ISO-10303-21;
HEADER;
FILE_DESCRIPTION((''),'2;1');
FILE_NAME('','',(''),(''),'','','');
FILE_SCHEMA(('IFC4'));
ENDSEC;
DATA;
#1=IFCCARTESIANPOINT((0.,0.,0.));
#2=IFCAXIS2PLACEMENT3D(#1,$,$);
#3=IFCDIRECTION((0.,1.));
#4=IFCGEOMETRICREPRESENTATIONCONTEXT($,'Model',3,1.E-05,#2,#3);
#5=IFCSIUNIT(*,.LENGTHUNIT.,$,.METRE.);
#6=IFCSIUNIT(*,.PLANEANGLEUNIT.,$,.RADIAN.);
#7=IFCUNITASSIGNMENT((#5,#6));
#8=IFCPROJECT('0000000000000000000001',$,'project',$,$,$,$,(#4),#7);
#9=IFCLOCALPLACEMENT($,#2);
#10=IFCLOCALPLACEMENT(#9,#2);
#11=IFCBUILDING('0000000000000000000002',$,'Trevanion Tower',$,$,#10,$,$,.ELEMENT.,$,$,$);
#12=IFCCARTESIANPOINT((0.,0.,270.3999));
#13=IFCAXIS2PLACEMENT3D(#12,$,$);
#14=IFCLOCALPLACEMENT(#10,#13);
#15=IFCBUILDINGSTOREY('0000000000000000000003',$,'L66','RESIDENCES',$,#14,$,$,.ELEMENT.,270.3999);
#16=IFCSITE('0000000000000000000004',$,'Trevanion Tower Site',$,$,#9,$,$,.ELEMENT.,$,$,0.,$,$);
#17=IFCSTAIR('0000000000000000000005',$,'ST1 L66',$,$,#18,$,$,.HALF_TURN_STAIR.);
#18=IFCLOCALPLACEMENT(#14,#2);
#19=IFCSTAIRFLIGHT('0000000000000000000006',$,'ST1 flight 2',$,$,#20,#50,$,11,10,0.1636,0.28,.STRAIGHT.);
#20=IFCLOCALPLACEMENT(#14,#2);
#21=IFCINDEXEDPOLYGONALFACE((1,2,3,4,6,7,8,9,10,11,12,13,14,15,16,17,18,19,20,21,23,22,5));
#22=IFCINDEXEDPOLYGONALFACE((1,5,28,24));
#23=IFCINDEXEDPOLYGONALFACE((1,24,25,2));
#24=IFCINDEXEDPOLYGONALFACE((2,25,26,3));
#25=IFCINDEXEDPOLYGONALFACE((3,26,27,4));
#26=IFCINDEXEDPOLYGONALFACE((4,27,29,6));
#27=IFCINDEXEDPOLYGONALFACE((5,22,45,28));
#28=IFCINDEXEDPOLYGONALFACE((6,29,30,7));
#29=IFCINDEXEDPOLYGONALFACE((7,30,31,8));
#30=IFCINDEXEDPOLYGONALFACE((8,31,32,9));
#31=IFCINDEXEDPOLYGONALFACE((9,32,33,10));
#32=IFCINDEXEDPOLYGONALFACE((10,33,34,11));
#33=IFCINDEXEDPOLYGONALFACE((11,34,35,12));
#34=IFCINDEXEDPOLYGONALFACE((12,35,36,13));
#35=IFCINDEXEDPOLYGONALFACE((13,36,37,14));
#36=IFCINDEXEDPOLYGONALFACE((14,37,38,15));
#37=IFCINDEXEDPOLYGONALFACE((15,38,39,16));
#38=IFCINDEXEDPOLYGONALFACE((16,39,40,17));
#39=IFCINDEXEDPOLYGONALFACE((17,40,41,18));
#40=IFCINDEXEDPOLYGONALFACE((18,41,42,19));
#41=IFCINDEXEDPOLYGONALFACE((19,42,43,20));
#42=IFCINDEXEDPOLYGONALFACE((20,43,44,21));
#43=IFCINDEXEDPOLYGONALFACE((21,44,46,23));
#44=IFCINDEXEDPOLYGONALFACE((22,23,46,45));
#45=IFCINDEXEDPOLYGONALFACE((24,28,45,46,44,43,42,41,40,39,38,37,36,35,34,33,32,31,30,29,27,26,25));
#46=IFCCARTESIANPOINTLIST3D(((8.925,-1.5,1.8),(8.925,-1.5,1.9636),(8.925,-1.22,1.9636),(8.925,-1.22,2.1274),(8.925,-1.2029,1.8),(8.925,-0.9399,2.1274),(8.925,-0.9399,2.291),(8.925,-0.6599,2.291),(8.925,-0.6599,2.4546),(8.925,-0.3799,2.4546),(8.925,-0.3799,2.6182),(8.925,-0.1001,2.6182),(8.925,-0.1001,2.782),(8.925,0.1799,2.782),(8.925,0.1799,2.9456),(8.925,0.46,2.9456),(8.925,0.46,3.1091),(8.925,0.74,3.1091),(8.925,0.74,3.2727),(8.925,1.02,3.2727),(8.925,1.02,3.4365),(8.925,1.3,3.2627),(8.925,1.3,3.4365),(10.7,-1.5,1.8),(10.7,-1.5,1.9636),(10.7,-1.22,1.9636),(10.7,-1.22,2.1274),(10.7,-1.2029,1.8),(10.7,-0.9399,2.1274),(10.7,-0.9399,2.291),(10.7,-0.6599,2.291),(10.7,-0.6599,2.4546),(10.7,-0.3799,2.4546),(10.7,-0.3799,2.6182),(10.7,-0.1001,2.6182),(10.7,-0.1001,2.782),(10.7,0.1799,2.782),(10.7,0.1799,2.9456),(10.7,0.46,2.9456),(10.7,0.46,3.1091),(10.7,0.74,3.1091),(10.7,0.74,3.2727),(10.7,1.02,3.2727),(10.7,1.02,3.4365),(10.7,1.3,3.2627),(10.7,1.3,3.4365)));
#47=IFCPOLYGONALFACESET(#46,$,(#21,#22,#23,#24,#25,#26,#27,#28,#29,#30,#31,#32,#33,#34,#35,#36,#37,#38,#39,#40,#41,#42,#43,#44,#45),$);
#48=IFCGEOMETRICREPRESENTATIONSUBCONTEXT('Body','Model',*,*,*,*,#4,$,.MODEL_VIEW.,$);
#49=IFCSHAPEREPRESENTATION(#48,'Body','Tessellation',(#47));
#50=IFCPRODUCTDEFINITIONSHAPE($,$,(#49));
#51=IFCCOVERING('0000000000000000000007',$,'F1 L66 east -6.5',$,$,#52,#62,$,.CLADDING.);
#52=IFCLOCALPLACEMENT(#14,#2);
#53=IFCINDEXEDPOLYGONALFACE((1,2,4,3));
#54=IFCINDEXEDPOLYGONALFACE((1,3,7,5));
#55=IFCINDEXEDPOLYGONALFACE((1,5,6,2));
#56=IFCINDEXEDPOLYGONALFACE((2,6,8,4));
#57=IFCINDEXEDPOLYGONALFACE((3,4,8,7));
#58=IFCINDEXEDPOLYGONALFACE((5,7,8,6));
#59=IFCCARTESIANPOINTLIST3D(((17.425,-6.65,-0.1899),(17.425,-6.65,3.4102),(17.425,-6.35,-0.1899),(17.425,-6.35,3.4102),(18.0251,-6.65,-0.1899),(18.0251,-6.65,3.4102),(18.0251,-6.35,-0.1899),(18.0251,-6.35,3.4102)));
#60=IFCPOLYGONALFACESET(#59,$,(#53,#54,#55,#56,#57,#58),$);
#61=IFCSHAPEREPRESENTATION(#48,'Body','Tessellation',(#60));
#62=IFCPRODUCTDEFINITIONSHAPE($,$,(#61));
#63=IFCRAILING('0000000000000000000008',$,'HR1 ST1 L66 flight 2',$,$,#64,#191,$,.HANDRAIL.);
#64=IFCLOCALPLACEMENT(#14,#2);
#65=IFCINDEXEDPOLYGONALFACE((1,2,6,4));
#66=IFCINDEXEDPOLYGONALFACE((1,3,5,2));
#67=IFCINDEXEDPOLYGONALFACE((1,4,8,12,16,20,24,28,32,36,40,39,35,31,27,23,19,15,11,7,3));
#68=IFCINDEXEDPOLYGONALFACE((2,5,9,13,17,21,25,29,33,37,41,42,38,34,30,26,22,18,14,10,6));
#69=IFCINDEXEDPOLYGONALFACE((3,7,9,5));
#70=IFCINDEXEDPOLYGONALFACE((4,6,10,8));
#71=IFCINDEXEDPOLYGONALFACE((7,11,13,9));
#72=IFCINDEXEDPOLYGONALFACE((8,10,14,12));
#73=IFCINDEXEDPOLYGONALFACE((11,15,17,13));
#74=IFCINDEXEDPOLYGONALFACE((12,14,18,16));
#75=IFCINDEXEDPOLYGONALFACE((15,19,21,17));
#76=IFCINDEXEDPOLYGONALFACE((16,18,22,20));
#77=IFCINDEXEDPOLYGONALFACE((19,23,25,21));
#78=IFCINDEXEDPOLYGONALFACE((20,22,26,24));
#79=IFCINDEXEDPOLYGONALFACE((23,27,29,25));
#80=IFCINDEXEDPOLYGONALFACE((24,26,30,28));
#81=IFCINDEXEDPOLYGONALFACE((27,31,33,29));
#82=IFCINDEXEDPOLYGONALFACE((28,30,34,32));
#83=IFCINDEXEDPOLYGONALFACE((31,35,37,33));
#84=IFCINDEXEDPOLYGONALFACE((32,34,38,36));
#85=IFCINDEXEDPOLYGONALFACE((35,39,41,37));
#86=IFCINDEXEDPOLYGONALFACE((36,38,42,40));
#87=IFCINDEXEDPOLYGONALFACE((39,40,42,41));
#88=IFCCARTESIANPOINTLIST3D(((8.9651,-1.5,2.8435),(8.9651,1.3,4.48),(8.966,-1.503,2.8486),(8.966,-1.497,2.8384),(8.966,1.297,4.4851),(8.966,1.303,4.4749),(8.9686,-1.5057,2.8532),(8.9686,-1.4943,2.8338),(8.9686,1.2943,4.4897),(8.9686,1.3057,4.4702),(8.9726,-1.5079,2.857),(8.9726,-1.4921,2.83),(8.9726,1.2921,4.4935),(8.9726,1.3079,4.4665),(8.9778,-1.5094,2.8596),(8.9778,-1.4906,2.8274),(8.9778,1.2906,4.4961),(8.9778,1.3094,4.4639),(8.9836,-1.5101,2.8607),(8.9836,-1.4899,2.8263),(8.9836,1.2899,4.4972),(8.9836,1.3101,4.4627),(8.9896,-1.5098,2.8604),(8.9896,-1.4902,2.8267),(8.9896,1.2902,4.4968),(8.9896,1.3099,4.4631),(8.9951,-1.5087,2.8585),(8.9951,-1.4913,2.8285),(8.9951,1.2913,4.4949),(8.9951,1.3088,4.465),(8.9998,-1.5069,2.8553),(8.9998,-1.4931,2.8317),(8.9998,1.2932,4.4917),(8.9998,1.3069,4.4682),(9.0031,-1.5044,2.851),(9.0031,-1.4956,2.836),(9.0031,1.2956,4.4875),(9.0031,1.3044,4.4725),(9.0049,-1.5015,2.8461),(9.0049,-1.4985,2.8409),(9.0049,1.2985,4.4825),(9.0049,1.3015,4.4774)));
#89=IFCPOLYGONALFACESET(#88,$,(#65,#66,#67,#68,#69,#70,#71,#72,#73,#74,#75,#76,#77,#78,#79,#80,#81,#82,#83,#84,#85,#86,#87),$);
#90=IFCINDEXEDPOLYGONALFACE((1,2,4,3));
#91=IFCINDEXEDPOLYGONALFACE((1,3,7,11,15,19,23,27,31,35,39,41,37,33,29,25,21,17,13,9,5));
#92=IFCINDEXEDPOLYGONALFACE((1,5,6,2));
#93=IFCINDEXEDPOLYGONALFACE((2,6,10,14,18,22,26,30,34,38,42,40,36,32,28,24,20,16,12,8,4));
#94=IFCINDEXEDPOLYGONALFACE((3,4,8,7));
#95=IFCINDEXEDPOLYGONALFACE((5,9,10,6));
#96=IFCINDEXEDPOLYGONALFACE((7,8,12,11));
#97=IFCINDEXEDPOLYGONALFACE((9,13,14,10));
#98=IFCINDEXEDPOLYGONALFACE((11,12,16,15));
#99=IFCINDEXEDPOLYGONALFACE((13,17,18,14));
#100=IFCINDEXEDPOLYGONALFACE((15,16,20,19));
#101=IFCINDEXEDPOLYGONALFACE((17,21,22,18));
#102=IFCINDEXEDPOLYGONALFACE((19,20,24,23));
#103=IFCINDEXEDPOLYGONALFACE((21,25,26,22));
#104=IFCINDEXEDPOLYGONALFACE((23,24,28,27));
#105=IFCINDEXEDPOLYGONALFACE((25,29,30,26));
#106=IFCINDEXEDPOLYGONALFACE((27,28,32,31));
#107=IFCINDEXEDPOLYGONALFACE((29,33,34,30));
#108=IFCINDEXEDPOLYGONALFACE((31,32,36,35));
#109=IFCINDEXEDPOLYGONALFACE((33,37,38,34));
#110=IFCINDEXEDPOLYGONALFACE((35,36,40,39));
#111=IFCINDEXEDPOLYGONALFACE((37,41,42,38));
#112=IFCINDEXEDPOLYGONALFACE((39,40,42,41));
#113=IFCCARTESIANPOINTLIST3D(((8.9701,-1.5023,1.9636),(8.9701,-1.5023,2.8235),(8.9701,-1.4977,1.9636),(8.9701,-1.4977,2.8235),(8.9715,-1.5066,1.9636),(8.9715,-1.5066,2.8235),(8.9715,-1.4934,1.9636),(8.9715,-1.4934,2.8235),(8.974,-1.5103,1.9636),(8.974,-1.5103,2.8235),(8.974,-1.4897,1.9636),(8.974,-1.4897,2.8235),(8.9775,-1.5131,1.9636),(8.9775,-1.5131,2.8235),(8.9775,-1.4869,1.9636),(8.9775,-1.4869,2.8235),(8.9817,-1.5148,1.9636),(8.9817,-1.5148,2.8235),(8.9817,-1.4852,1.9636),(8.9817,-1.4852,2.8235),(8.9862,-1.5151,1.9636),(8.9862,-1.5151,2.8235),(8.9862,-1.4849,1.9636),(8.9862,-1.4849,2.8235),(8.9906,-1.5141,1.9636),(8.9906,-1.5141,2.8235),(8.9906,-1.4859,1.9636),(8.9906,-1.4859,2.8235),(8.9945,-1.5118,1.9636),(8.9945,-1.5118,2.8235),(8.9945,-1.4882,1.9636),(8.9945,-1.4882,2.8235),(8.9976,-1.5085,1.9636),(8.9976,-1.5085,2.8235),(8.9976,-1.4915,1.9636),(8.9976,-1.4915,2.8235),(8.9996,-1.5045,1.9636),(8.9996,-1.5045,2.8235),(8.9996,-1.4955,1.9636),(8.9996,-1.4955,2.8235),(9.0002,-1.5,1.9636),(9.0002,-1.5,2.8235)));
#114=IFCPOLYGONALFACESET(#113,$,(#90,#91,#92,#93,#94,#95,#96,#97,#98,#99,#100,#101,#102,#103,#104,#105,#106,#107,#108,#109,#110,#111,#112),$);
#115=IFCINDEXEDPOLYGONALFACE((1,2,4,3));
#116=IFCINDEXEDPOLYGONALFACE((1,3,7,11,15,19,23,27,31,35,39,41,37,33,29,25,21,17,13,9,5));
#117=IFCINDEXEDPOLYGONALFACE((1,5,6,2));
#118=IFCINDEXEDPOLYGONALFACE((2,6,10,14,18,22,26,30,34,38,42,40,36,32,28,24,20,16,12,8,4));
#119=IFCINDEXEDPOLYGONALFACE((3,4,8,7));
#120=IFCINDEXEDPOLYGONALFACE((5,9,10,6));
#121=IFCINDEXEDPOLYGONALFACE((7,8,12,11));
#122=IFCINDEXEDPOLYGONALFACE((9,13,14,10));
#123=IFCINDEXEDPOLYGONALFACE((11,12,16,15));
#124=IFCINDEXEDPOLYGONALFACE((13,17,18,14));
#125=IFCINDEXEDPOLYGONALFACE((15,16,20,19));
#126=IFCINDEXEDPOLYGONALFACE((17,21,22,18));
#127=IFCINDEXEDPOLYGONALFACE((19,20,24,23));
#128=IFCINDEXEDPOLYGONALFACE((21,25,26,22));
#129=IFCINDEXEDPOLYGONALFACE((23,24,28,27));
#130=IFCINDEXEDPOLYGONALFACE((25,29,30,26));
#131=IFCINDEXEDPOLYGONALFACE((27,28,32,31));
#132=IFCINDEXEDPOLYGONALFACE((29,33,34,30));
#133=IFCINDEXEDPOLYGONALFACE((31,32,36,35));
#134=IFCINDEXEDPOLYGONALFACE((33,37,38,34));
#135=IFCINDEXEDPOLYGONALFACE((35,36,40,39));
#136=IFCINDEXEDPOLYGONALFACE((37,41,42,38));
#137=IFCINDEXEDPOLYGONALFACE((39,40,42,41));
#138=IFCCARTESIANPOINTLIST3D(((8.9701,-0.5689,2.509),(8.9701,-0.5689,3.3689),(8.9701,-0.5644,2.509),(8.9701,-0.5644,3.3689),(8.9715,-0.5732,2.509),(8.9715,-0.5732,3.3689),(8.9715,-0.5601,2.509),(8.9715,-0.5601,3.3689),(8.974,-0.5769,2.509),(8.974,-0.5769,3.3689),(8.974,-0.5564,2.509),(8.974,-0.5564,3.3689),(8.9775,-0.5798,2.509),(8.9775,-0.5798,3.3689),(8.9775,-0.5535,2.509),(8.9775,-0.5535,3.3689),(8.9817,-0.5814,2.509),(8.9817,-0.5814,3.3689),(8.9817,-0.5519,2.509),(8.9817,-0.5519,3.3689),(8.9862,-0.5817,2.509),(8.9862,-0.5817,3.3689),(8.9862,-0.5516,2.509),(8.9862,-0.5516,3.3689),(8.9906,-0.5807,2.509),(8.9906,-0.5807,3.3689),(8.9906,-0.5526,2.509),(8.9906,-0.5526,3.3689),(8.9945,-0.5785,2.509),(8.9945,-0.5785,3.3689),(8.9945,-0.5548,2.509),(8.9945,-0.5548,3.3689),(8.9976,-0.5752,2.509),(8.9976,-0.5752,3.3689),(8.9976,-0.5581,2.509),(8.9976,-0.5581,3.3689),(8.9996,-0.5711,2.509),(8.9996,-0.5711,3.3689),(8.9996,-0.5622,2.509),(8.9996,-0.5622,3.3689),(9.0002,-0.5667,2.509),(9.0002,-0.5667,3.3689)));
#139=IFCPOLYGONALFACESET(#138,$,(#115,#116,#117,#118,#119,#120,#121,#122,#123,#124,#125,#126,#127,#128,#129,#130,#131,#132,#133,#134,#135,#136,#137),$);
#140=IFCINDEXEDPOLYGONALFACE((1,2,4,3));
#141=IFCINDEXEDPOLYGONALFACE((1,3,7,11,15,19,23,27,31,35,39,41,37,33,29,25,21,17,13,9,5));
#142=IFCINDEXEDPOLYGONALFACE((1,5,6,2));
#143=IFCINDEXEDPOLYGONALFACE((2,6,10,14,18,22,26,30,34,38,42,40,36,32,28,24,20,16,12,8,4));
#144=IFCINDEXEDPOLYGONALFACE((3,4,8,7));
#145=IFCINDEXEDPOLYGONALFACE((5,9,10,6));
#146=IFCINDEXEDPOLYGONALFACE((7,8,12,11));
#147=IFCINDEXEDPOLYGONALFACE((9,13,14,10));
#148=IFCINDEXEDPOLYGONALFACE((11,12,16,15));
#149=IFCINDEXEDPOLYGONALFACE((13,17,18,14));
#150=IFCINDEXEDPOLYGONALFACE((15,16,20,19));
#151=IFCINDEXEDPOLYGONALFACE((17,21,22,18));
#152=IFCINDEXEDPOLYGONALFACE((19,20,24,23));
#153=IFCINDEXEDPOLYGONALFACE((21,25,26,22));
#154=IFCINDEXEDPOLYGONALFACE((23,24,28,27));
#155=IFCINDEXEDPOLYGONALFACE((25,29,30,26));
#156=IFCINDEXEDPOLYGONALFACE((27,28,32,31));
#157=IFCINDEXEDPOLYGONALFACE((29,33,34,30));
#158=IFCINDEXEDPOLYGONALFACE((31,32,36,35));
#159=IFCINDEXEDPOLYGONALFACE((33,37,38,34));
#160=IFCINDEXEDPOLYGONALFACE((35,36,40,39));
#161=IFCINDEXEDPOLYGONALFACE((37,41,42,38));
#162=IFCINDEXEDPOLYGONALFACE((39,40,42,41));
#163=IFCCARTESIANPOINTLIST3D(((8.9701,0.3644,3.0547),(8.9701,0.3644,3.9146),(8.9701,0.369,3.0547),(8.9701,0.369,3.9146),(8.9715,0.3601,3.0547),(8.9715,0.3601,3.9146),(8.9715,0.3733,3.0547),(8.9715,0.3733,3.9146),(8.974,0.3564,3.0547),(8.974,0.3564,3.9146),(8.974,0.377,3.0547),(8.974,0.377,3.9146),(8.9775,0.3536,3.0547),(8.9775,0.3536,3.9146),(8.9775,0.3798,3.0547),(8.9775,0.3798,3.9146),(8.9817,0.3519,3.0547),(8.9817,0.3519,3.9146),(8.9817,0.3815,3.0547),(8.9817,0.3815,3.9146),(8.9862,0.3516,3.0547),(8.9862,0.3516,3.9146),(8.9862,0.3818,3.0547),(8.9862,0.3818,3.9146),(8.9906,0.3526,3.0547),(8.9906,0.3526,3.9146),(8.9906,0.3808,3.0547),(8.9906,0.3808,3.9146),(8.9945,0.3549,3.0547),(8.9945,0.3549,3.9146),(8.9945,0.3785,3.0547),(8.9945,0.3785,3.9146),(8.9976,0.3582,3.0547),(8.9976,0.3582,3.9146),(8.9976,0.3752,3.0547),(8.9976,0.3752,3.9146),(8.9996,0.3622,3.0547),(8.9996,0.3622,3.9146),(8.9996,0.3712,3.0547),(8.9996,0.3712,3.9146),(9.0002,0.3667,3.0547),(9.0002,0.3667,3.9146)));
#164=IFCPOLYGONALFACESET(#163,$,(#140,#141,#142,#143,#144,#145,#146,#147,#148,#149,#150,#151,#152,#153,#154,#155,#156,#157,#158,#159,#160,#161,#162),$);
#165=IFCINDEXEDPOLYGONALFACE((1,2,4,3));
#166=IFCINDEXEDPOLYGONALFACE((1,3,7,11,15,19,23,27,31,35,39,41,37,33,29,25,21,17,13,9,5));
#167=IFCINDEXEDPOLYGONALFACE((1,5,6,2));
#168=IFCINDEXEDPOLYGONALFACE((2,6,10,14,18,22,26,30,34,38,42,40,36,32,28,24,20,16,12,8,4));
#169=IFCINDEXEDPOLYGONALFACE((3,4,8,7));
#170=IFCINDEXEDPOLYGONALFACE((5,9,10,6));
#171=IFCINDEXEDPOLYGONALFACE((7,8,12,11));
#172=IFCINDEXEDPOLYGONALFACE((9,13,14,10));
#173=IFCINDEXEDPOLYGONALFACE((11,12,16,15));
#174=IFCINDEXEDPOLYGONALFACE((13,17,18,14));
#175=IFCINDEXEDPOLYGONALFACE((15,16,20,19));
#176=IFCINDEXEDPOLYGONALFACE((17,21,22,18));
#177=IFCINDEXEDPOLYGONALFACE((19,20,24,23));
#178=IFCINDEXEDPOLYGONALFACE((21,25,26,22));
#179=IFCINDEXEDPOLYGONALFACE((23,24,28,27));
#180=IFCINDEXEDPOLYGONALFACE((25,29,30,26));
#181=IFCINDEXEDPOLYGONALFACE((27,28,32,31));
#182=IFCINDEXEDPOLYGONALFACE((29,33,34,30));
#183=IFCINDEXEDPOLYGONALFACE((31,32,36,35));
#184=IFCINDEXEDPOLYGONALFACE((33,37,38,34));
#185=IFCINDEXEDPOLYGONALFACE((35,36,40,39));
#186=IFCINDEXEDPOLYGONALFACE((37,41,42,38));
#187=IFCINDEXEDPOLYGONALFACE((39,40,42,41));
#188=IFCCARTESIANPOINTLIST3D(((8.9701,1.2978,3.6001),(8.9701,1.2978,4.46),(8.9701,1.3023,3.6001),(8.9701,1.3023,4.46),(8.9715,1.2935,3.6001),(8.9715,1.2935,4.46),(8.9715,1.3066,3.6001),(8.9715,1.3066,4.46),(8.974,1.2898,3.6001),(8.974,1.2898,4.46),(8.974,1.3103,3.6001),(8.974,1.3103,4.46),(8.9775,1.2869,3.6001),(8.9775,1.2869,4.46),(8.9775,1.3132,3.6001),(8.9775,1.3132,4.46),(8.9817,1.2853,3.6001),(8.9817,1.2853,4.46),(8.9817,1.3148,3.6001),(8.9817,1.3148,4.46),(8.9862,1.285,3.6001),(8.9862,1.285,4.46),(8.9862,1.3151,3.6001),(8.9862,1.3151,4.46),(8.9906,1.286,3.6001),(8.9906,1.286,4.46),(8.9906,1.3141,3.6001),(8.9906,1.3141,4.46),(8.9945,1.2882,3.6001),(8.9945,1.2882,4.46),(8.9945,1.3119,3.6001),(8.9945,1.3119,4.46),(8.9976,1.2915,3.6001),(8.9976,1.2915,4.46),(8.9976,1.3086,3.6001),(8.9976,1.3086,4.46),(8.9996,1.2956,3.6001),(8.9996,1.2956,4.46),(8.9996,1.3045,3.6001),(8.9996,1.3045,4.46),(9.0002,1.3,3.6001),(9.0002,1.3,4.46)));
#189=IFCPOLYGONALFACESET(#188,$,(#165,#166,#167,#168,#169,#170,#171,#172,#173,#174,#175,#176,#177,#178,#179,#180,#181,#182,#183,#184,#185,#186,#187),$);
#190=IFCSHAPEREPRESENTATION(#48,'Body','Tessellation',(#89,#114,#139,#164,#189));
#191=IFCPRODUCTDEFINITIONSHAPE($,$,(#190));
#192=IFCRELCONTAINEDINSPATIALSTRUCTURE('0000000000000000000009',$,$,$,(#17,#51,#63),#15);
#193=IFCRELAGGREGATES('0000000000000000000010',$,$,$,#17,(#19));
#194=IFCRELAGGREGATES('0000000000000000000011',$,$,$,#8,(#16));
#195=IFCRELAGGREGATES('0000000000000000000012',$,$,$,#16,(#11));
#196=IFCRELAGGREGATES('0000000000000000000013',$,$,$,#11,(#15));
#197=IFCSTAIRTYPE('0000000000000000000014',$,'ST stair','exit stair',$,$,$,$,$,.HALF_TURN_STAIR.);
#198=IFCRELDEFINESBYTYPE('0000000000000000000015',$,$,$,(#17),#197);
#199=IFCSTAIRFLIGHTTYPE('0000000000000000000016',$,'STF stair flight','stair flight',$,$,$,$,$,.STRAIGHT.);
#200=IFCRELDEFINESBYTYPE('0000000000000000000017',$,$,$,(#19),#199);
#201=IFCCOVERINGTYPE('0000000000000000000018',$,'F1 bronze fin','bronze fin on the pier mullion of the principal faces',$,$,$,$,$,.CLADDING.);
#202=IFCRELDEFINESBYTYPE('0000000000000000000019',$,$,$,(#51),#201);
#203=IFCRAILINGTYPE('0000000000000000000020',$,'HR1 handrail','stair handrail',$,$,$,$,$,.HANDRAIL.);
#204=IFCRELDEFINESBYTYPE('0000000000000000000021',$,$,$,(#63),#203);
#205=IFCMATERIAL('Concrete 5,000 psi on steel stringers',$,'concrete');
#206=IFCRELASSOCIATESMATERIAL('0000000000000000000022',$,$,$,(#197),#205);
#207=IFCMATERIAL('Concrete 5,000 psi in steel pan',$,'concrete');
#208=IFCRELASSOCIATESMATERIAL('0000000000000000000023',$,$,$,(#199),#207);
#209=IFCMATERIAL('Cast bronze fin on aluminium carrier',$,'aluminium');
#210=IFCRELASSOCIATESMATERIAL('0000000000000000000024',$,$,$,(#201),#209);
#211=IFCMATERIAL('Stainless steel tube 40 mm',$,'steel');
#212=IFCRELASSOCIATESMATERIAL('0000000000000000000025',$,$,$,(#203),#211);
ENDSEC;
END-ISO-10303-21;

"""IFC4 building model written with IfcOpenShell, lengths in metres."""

from ifc_helpers import new_model, si_unit, direction, frame, origin, origin_2d, place, context, subcontext, project, spatial, polyline, rectangle, circle, outline, extrude, material, type_object, element, aggregate, save


model = new_model("IFC4")

# Units and contexts
model_context = context("Model", 3, precision=1e-05, world=origin(), true_north=direction((0.0, 1.0)))
body_context = subcontext(model_context, "Body", "Model", "MODEL_VIEW")
ifc_project = project(units=[si_unit("LENGTHUNIT", "METRE"), si_unit("PLANEANGLEUNIT", "RADIAN")], contexts=[model_context])

# Site, building, storey
site_placement = place(None, origin())
site = spatial("IfcSite", under=ifc_project, at=site_placement, Name="Trevanion Tower Site", CompositionType="ELEMENT", RefElevation=0.0)
building_placement = place(site_placement, origin())
building = spatial("IfcBuilding", under=site, at=building_placement, Name="Trevanion Tower", CompositionType="ELEMENT")
storey_placement = place(building_placement, frame((0.0, 0.0, 270.3999)))
storey = spatial("IfcBuildingStorey", under=building, at=storey_placement, Name="L66", Description="RESIDENCES", CompositionType="ELEMENT", Elevation=270.3999)

# Stair, stair flight
ifc_material_1 = material(Name="Concrete 5,000 psi on steel stringers", Category="concrete")
stair_type = type_object("IfcStairType", Name="ST stair", Description="exit stair", PredefinedType="HALF_TURN_STAIR", material=ifc_material_1)
stair_placement = place(storey_placement, origin())
stair = element("IfcStair", 1, at=stair_placement, inside=storey, type_object=stair_type, Name="ST1 L66", PredefinedType="HALF_TURN_STAIR")
ifc_material_2 = material(Name="Concrete 5,000 psi in steel pan", Category="concrete")
stair_flight_type = type_object("IfcStairFlightType", Name="STF stair flight", Description="stair flight", PredefinedType="STRAIGHT", material=ifc_material_2)
stair_flight_placement = place(storey_placement, frame((9.8125, -1.5, 1.8), z_axis=(0.0, 0.0, 1.0), x_axis=(0.0, 1.0, 0.0)))
stair_flight = element("IfcStairFlight", 2, at=stair_flight_placement, type_object=stair_flight_type, Name="ST1 flight 2", NumberOfRisers=11, NumberOfTreads=10, PredefinedType="STRAIGHT", RiserHeight=0.1636, TreadLength=0.28, context=body_context, shape_type="SweptSolid", body=[
    extrude(outline(polyline([(0.0, 0.0), (0.0, 0.1636), (0.28, 0.1636), (0.28, 0.3274), (0.5601, 0.3274), (0.5601, 0.491), (0.8401, 0.491), (0.8401, 0.6545), (1.1201, 0.6545), (1.1201, 0.8181), (1.3999, 0.8181), (1.3999, 0.9819), (1.6799, 0.9819), (1.6799, 1.1455), (1.96, 1.1455), (1.96, 1.3091), (2.24, 1.3091), (2.24, 1.4727), (2.52, 1.4727), (2.52, 1.6365), (2.8, 1.6365), (2.8, 1.8), (2.8, 1.4626), (0.2971, 0.0), (0.0, 0.0)])), frame((0.0, 0.8875, 0.0), z_axis=(0.0, -1.0, 0.0), x_axis=(1.0, 0.0, 0.0)), (0.0, 0.0, 1.0), 1.7749),
])
aggregate(stair, [stair_flight])

# Covering
ifc_material_3 = material(Name="Cast bronze fin on aluminium carrier", Category="aluminium")
covering_type = type_object("IfcCoveringType", Name="F1 bronze fin", Description="bronze fin on the pier mullion of the principal faces", PredefinedType="CLADDING", material=ifc_material_3)
covering_placement = place(storey_placement, frame((17.7251, -6.5, -0.1899), z_axis=(0.0, 0.0, 1.0), x_axis=(0.0, 1.0, 0.0)))
element("IfcCovering", 3, at=covering_placement, inside=storey, type_object=covering_type, Name="F1 L66 east -6.5", PredefinedType="CLADDING", context=body_context, shape_type="SweptSolid", body=[
    extrude(rectangle(XDim=0.3, YDim=0.6001, at=origin_2d()), origin(), (0.0, 0.0, 1.0), 3.6001),
])

# Railing
ifc_material_4 = material(Name="Stainless steel tube 40 mm", Category="steel")
railing_type = type_object("IfcRailingType", Name="HR1 handrail", Description="stair handrail", PredefinedType="HANDRAIL", material=ifc_material_4)
for number, where, name in (
    (4, (8.9851, -1.5, 1.9636), "HR1 ST1 L66 flight 2"),
):
    element("IfcRailing", number, at=place(storey_placement, frame(where)), inside=storey, type_object=railing_type, Name=name, PredefinedType="HANDRAIL", context=body_context, shape_type="SweptSolid", body=[
        extrude(circle(Radius=0.02, at=origin_2d()), frame((0.0, 0.0, 0.8799), z_axis=(0.0, 0.863361, 0.504587), x_axis=(-1.0, 0.0, 0.0)), (0.0, 0.0, 1.0), 3.2432),
        extrude(circle(Radius=0.0151, at=origin_2d()), origin(), (0.0, 0.0, 1.0), 0.8599),
        extrude(circle(Radius=0.0151, at=origin_2d()), frame((0.0, 0.9333, 0.5454)), (0.0, 0.0, 1.0), 0.8599),
        extrude(circle(Radius=0.0151, at=origin_2d()), frame((0.0, 1.8667, 1.0911)), (0.0, 0.0, 1.0), 0.8599),
        extrude(circle(Radius=0.0151, at=origin_2d()), frame((0.0, 2.8, 1.6365)), (0.0, 0.0, 1.0), 0.8599),
    ])

save(model, "model.ifc")
